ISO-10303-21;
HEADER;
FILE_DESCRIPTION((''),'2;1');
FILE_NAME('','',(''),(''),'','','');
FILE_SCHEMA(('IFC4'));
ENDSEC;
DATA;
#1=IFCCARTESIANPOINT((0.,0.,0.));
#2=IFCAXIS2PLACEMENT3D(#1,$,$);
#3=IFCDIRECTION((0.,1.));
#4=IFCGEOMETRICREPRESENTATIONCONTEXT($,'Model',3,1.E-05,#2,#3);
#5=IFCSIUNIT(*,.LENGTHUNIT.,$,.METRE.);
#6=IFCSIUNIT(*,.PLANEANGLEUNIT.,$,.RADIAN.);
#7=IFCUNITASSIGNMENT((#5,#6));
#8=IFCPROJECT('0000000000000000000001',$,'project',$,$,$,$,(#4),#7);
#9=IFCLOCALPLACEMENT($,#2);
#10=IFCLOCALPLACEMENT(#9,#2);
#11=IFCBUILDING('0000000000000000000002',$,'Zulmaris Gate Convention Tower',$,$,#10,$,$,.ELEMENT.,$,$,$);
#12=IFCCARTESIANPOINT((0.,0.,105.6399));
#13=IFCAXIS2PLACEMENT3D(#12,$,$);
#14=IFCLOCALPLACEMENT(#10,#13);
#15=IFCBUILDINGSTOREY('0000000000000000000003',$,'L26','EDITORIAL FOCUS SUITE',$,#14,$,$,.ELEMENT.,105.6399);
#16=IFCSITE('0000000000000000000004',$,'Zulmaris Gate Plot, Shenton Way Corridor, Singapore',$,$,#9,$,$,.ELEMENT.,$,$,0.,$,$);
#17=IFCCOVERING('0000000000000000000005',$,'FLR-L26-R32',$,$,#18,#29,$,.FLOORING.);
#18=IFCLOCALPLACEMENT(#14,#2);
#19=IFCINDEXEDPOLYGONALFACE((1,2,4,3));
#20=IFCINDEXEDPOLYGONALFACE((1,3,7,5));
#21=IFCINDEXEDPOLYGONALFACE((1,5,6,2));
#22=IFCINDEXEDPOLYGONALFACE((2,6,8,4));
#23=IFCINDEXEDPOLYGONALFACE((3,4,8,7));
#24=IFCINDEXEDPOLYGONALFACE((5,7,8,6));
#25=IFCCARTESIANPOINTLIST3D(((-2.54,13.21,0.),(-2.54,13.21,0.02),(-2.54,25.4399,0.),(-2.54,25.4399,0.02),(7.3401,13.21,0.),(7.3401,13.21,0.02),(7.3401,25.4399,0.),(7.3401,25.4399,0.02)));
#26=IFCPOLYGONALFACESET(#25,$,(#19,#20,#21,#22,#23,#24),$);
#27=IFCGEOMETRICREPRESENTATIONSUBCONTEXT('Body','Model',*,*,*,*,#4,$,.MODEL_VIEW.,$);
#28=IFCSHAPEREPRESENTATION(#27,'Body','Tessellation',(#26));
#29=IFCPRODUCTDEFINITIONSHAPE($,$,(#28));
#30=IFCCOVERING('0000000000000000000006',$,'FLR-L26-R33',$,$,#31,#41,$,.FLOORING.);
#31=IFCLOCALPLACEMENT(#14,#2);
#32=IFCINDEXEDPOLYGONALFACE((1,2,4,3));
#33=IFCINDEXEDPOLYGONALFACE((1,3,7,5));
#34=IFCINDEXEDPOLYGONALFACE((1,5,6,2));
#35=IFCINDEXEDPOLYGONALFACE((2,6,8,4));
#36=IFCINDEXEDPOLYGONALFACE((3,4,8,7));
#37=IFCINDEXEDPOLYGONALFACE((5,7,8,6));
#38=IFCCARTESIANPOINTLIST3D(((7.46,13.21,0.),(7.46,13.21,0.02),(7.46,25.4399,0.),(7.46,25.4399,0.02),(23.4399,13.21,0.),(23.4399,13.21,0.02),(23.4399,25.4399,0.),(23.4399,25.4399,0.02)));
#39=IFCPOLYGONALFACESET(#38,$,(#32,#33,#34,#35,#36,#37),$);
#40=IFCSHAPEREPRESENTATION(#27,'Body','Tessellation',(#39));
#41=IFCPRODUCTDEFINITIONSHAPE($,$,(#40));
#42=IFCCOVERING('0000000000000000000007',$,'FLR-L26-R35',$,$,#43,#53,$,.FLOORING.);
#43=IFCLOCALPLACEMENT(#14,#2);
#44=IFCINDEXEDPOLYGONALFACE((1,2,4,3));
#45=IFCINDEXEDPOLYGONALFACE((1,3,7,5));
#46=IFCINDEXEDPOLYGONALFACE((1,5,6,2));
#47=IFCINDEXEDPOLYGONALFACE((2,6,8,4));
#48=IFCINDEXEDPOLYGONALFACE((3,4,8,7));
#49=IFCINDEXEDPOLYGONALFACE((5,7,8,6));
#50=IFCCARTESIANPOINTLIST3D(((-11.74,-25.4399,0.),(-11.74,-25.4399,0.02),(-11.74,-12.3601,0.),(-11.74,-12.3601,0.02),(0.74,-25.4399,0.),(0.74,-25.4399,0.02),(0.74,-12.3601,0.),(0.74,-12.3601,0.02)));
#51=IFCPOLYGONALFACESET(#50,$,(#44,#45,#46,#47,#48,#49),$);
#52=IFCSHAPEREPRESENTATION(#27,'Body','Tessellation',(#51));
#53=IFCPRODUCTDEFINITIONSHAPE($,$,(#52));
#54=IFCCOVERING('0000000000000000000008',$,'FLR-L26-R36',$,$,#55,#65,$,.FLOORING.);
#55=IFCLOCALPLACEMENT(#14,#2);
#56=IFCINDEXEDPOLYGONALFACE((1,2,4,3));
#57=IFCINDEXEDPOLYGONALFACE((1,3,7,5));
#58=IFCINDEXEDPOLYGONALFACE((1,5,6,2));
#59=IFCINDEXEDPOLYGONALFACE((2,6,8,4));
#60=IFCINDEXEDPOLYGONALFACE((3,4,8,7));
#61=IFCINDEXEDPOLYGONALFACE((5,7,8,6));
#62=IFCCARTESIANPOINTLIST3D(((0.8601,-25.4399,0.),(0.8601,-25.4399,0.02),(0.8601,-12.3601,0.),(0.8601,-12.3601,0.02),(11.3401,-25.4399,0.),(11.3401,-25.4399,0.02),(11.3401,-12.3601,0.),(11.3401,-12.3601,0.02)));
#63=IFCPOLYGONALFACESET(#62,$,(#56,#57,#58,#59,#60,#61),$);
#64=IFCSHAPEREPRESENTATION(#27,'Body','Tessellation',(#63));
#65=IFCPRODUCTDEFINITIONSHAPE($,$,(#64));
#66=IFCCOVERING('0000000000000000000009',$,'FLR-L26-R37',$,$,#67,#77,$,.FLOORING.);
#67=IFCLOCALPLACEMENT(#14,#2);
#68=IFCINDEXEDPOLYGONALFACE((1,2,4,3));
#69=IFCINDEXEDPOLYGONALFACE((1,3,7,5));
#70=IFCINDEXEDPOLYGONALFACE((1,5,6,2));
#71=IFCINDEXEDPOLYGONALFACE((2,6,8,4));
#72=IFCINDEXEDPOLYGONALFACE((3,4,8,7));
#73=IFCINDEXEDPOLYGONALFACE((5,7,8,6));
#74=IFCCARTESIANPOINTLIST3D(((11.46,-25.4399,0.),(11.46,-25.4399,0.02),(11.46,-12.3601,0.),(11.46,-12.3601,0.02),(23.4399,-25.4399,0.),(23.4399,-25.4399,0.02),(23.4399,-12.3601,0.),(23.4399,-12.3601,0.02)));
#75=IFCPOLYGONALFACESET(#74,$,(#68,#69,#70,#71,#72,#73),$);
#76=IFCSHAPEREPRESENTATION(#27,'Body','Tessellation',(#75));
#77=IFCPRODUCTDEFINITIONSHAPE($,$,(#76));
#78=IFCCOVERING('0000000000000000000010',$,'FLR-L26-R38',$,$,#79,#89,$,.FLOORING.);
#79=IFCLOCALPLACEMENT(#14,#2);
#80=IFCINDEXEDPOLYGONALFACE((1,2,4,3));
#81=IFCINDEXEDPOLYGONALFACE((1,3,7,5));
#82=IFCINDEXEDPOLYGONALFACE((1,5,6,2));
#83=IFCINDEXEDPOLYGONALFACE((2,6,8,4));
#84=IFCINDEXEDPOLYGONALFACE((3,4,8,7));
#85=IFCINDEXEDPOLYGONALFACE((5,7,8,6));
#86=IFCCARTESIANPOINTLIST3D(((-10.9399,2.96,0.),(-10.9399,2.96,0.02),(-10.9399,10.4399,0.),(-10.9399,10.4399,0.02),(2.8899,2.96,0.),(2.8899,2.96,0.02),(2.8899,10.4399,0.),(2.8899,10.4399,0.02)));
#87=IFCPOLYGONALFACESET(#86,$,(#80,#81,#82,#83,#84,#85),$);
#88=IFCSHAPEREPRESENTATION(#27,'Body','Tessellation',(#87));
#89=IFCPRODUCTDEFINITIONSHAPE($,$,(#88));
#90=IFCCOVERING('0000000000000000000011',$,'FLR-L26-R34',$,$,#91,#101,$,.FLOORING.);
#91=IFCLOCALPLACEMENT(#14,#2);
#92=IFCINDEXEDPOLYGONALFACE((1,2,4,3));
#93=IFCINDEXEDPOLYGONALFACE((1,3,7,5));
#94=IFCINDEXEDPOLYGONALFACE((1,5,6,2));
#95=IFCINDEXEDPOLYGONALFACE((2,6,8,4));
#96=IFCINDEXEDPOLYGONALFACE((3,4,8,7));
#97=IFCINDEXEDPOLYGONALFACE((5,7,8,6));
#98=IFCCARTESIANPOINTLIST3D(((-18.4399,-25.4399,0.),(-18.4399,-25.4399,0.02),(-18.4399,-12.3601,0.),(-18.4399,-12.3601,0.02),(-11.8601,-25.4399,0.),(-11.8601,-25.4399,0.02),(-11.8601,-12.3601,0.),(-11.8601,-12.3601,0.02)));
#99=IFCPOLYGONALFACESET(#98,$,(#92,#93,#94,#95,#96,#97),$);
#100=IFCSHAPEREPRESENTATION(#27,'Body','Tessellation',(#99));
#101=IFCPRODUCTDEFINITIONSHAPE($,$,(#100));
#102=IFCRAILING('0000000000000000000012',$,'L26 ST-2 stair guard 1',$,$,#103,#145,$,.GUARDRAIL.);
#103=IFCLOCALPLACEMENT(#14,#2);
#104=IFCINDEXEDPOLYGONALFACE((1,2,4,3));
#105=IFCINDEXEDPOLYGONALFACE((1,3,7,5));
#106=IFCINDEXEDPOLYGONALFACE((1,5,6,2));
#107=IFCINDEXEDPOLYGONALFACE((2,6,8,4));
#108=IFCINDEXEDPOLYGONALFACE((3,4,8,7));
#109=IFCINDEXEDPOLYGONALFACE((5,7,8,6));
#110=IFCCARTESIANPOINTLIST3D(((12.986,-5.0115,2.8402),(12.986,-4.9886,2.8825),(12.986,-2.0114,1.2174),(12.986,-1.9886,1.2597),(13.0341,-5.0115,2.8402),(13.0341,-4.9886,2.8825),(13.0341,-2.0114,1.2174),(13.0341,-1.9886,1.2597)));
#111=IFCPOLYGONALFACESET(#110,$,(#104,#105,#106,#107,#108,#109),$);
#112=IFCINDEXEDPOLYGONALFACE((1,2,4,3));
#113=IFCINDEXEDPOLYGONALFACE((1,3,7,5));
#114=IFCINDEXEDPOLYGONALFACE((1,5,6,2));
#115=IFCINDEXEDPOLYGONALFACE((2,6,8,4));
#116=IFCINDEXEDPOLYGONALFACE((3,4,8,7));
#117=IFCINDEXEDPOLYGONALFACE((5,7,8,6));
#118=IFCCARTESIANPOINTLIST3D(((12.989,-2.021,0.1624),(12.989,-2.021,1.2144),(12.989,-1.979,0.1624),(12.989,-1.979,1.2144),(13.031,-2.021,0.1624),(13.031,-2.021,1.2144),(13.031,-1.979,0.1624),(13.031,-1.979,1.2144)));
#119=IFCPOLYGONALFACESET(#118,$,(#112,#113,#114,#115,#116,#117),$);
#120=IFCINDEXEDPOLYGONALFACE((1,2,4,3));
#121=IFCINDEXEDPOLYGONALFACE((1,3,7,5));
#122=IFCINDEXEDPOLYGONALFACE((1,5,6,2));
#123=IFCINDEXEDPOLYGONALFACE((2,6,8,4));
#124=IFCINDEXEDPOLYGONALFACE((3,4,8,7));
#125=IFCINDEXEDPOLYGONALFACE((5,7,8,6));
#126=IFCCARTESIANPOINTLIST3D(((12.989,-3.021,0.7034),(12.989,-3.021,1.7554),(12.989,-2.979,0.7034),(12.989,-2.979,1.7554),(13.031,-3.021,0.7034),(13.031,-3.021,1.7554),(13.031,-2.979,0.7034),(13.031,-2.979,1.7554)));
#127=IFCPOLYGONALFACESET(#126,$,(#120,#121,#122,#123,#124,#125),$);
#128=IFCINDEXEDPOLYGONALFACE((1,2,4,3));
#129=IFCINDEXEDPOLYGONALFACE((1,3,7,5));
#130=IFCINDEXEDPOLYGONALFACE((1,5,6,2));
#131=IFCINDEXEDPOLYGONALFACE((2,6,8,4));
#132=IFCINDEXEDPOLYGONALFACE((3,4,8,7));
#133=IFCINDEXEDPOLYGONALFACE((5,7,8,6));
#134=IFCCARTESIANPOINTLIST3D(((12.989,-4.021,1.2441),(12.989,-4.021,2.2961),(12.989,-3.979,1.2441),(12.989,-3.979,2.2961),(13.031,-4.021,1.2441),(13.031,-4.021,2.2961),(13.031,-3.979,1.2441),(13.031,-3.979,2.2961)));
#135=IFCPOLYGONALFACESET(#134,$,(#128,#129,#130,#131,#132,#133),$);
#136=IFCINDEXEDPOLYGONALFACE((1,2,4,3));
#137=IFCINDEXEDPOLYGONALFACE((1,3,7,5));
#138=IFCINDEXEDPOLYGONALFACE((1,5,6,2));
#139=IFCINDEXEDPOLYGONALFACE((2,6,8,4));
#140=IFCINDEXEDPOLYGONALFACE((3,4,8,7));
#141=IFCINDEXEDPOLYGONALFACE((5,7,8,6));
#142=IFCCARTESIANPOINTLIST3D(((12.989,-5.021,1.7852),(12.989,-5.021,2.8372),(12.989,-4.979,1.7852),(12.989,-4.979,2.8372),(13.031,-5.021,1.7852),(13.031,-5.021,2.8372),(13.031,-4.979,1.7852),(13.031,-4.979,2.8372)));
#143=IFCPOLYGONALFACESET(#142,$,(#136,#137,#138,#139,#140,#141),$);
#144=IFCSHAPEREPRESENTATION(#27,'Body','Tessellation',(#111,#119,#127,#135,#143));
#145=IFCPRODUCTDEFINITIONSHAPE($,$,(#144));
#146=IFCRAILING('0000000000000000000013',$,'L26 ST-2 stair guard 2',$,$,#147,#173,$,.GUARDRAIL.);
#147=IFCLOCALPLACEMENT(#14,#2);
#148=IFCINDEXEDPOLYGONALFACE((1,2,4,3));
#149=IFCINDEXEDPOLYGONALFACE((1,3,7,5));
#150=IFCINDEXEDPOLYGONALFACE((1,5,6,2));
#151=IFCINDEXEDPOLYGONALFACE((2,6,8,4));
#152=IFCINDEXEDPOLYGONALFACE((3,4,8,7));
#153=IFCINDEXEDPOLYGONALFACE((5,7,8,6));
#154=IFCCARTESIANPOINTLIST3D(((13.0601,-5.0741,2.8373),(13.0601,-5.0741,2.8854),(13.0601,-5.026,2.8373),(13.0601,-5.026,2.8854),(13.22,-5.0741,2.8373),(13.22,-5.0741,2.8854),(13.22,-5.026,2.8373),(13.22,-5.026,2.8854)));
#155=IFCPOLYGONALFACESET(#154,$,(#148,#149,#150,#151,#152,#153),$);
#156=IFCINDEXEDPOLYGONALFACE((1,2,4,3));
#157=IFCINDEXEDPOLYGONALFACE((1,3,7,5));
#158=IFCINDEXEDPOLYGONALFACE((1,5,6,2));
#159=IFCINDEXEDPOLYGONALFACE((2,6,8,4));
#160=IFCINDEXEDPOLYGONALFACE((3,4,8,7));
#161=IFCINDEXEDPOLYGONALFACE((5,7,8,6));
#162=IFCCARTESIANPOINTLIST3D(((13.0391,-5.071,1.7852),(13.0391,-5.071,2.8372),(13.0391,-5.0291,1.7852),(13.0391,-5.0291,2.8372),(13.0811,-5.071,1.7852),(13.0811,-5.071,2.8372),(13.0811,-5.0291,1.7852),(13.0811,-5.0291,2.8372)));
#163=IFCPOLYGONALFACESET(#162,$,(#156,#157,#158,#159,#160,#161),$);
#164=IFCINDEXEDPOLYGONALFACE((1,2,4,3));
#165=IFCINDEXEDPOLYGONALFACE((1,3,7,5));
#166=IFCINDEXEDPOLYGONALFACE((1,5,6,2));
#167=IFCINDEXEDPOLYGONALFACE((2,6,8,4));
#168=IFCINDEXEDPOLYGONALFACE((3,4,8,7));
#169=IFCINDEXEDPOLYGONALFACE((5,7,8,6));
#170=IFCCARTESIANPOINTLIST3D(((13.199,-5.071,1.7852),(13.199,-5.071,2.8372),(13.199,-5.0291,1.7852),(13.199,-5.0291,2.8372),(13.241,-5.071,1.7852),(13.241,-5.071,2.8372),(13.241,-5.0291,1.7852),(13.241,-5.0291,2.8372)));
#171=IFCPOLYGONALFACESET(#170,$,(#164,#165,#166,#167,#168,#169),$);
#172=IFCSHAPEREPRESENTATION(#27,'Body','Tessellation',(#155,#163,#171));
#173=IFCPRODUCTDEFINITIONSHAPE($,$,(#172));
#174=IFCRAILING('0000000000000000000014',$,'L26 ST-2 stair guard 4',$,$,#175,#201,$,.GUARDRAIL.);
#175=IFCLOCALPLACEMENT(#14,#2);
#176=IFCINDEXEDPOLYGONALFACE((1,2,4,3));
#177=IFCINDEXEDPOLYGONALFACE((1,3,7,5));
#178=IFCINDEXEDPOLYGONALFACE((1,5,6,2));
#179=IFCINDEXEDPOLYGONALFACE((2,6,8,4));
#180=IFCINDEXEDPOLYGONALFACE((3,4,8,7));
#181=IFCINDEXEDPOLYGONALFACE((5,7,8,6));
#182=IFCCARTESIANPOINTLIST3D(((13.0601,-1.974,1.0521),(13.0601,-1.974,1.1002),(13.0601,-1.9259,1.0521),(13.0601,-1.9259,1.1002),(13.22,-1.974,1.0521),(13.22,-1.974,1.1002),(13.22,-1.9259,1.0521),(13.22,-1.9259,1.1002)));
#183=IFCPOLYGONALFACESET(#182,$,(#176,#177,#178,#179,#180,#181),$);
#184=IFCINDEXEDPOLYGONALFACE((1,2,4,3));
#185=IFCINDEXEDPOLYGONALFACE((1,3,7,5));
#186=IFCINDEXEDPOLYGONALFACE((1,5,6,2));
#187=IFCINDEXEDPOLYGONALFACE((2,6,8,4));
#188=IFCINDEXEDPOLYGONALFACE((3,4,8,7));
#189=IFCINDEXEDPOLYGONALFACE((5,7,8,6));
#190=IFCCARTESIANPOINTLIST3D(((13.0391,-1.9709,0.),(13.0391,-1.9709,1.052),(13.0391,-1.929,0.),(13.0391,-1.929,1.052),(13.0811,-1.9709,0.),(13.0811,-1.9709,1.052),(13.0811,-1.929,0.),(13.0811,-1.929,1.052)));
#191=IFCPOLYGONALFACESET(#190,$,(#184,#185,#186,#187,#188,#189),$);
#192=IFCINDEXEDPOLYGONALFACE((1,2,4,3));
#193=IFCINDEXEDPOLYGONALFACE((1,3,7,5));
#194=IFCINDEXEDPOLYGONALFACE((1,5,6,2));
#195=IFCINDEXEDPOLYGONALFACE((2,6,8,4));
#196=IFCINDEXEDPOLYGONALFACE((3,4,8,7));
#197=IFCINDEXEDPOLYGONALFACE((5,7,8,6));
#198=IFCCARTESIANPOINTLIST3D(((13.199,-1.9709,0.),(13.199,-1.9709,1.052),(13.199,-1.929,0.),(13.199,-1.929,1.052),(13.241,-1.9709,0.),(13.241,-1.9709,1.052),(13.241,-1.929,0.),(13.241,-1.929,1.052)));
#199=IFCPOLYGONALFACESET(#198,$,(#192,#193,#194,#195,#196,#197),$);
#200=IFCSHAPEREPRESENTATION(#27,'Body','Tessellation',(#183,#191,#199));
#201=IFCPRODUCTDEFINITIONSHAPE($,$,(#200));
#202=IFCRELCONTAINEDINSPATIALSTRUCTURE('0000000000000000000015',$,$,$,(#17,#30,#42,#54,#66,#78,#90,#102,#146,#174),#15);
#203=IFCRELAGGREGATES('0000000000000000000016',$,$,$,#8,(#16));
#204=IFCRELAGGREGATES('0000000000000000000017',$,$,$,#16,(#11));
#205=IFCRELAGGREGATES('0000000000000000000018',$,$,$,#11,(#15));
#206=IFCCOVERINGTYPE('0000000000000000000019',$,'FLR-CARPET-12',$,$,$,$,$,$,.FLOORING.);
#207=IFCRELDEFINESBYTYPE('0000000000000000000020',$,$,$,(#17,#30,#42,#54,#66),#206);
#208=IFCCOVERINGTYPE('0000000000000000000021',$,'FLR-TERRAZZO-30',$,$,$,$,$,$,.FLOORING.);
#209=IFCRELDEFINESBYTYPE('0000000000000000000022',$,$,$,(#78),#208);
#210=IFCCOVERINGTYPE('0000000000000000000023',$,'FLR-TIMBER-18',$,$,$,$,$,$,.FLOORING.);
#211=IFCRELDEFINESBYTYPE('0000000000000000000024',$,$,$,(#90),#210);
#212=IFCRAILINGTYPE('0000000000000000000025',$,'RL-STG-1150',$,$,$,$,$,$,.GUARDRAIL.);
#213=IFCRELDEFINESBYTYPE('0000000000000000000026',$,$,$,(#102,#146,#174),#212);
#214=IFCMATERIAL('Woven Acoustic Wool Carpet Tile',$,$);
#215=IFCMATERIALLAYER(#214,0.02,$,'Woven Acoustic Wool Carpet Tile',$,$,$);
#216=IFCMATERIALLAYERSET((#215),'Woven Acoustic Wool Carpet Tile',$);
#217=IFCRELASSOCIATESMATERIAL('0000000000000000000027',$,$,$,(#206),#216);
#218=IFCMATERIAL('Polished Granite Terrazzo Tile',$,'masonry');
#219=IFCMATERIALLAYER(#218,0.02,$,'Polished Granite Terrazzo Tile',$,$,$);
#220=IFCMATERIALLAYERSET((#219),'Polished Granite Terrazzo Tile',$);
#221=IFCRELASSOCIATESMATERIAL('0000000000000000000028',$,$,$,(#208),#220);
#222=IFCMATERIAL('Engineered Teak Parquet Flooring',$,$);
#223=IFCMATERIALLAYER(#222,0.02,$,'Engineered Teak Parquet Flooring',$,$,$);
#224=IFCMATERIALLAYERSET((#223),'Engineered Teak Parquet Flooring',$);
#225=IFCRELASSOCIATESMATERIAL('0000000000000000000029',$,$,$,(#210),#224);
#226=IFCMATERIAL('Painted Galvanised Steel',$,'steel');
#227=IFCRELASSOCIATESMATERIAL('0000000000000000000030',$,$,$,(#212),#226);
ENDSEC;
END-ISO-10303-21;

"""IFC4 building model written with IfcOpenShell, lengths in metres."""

from ifc_helpers import new_model, si_unit, direction, frame, origin, origin_2d, place, context, subcontext, project, spatial, polyline, rectangle, outline, extrude, material, layer, layer_set, type_object, element, save


model = new_model("IFC4")

# Units and contexts
model_context = context("Model", 3, precision=1e-05, world=origin(), true_north=direction((0.0, 1.0)))
body_context = subcontext(model_context, "Body", "Model", "MODEL_VIEW")
ifc_project = project(units=[si_unit("LENGTHUNIT", "METRE"), si_unit("PLANEANGLEUNIT", "RADIAN")], contexts=[model_context])

# Site, building, storey
site_placement = place(None, origin())
site = spatial("IfcSite", under=ifc_project, at=site_placement, Name="Zulmaris Gate Plot, Shenton Way Corridor, Singapore", CompositionType="ELEMENT", RefElevation=0.0)
building_placement = place(site_placement, origin())
building = spatial("IfcBuilding", under=site, at=building_placement, Name="Zulmaris Gate Convention Tower", CompositionType="ELEMENT")
storey_placement = place(building_placement, frame((0.0, 0.0, 105.6399)))
storey = spatial("IfcBuildingStorey", under=building, at=storey_placement, Name="L26", Description="EDITORIAL FOCUS SUITE", CompositionType="ELEMENT", Elevation=105.6399)

# Coverings
ifc_material_1 = material(Name="Woven Acoustic Wool Carpet Tile")
ifc_layer_1 = layer(ifc_material_1, 0.02, Name="Woven Acoustic Wool Carpet Tile")
ifc_layer_set_1 = layer_set([ifc_layer_1], Name="Woven Acoustic Wool Carpet Tile")
covering_type_1 = type_object("IfcCoveringType", Name="FLR-CARPET-12", PredefinedType="FLOORING", material=ifc_layer_set_1)
covering_1_placement = place(storey_placement, origin())
element("IfcCovering", 1, at=covering_1_placement, inside=storey, type_object=covering_type_1, Name="FLR-L26-R32", PredefinedType="FLOORING", context=body_context, shape_type="SweptSolid", body=[
    extrude(outline(polyline([(-2.54, 13.21), (7.3401, 13.21), (7.3401, 25.4399), (-2.54, 25.4399), (-2.54, 13.21)])), origin(), (0.0, 0.0, 1.0), 0.02),
])
covering_2_placement = place(storey_placement, origin())
element("IfcCovering", 2, at=covering_2_placement, inside=storey, type_object=covering_type_1, Name="FLR-L26-R33", PredefinedType="FLOORING", context=body_context, shape_type="SweptSolid", body=[
    extrude(outline(polyline([(7.46, 13.21), (23.4399, 13.21), (23.4399, 25.4399), (7.46, 25.4399), (7.46, 13.21)])), origin(), (0.0, 0.0, 1.0), 0.02),
])
covering_3_placement = place(storey_placement, origin())
element("IfcCovering", 3, at=covering_3_placement, inside=storey, type_object=covering_type_1, Name="FLR-L26-R35", PredefinedType="FLOORING", context=body_context, shape_type="SweptSolid", body=[
    extrude(outline(polyline([(-11.74, -25.4399), (0.74, -25.4399), (0.74, -12.3601), (-11.74, -12.3601), (-11.74, -25.4399)])), origin(), (0.0, 0.0, 1.0), 0.02),
])
covering_4_placement = place(storey_placement, origin())
element("IfcCovering", 4, at=covering_4_placement, inside=storey, type_object=covering_type_1, Name="FLR-L26-R36", PredefinedType="FLOORING", context=body_context, shape_type="SweptSolid", body=[
    extrude(outline(polyline([(0.8601, -25.4399), (11.3401, -25.4399), (11.3401, -12.3601), (0.8601, -12.3601), (0.8601, -25.4399)])), origin(), (0.0, 0.0, 1.0), 0.02),
])
covering_5_placement = place(storey_placement, origin())
element("IfcCovering", 5, at=covering_5_placement, inside=storey, type_object=covering_type_1, Name="FLR-L26-R37", PredefinedType="FLOORING", context=body_context, shape_type="SweptSolid", body=[
    extrude(outline(polyline([(11.46, -25.4399), (23.4399, -25.4399), (23.4399, -12.3601), (11.46, -12.3601), (11.46, -25.4399)])), origin(), (0.0, 0.0, 1.0), 0.02),
])
ifc_material_2 = material(Name="Polished Granite Terrazzo Tile", Category="masonry")
ifc_layer_2 = layer(ifc_material_2, 0.02, Name="Polished Granite Terrazzo Tile")
ifc_layer_set_2 = layer_set([ifc_layer_2], Name="Polished Granite Terrazzo Tile")
covering_type_2 = type_object("IfcCoveringType", Name="FLR-TERRAZZO-30", PredefinedType="FLOORING", material=ifc_layer_set_2)
covering_6_placement = place(storey_placement, origin())
element("IfcCovering", 6, at=covering_6_placement, inside=storey, type_object=covering_type_2, Name="FLR-L26-R38", PredefinedType="FLOORING", context=body_context, shape_type="SweptSolid", body=[
    extrude(outline(polyline([(-10.9399, 2.96), (2.8899, 2.96), (2.8899, 10.4399), (-10.9399, 10.4399), (-10.9399, 2.96)])), origin(), (0.0, 0.0, 1.0), 0.02),
])
ifc_material_3 = material(Name="Engineered Teak Parquet Flooring")
ifc_layer_3 = layer(ifc_material_3, 0.02, Name="Engineered Teak Parquet Flooring")
ifc_layer_set_3 = layer_set([ifc_layer_3], Name="Engineered Teak Parquet Flooring")
covering_type_3 = type_object("IfcCoveringType", Name="FLR-TIMBER-18", PredefinedType="FLOORING", material=ifc_layer_set_3)
covering_7_placement = place(storey_placement, origin())
element("IfcCovering", 7, at=covering_7_placement, inside=storey, type_object=covering_type_3, Name="FLR-L26-R34", PredefinedType="FLOORING", context=body_context, shape_type="SweptSolid", body=[
    extrude(outline(polyline([(-18.4399, -25.4399), (-11.8601, -25.4399), (-11.8601, -12.3601), (-18.4399, -12.3601), (-18.4399, -25.4399)])), origin(), (0.0, 0.0, 1.0), 0.02),
])

# Railings
ifc_material_4 = material(Name="Painted Galvanised Steel", Category="steel")
railing_type_1 = type_object("IfcRailingType", Name="RL-STG-1150", PredefinedType="GUARDRAIL", material=ifc_material_4)
railing_1_placement = place(storey_placement, frame((13.01, -2.0, 0.1624)))
element("IfcRailing", 8, at=railing_1_placement, inside=storey, type_object=railing_type_1, Name="L26 ST-2 stair guard 1", PredefinedType="GUARDRAIL", context=body_context, shape_type="SweptSolid", body=[
    extrude(rectangle(XDim=0.0481, YDim=0.0481, at=origin_2d()), frame((0.0, 0.0, 1.0762), z_axis=(0.0, -0.879562, 0.475785), x_axis=(1.0, 0.0, 0.0)), (0.0, 0.0, 1.0), 3.4109),
    extrude(rectangle(XDim=0.042, YDim=0.042, at=origin_2d()), origin(), (0.0, 0.0, 1.0), 1.052),
    extrude(rectangle(XDim=0.042, YDim=0.042, at=origin_2d()), frame((0.0, -1.0, 0.541)), (0.0, 0.0, 1.0), 1.052),
    extrude(rectangle(XDim=0.042, YDim=0.042, at=origin_2d()), frame((0.0, -2.0, 1.0818)), (0.0, 0.0, 1.0), 1.052),
    extrude(rectangle(XDim=0.042, YDim=0.042, at=origin_2d()), frame((0.0, -3.0, 1.6228)), (0.0, 0.0, 1.0), 1.052),
])
for number, where, name in (
    (9, (13.0601, -5.05, 1.7852), "L26 ST-2 stair guard 2"),
    (10, (13.0601, -1.95, 0.0), "L26 ST-2 stair guard 4"),
):
    element("IfcRailing", number, at=place(storey_placement, frame(where)), inside=storey, type_object=railing_type_1, Name=name, PredefinedType="GUARDRAIL", context=body_context, shape_type="SweptSolid", body=[
        extrude(rectangle(XDim=0.0481, YDim=0.0481, at=origin_2d()), frame((0.0, 0.0, 1.0762), z_axis=(1.0, 0.0, 0.0), x_axis=(0.0, 1.0, 0.0)), (0.0, 0.0, 1.0), 0.1599),
        extrude(rectangle(XDim=0.042, YDim=0.042, at=origin_2d()), origin(), (0.0, 0.0, 1.0), 1.052),
        extrude(rectangle(XDim=0.042, YDim=0.042, at=origin_2d()), frame((0.1599, 0.0, 0.0)), (0.0, 0.0, 1.0), 1.052),
    ])

save(model, "model.ifc")
